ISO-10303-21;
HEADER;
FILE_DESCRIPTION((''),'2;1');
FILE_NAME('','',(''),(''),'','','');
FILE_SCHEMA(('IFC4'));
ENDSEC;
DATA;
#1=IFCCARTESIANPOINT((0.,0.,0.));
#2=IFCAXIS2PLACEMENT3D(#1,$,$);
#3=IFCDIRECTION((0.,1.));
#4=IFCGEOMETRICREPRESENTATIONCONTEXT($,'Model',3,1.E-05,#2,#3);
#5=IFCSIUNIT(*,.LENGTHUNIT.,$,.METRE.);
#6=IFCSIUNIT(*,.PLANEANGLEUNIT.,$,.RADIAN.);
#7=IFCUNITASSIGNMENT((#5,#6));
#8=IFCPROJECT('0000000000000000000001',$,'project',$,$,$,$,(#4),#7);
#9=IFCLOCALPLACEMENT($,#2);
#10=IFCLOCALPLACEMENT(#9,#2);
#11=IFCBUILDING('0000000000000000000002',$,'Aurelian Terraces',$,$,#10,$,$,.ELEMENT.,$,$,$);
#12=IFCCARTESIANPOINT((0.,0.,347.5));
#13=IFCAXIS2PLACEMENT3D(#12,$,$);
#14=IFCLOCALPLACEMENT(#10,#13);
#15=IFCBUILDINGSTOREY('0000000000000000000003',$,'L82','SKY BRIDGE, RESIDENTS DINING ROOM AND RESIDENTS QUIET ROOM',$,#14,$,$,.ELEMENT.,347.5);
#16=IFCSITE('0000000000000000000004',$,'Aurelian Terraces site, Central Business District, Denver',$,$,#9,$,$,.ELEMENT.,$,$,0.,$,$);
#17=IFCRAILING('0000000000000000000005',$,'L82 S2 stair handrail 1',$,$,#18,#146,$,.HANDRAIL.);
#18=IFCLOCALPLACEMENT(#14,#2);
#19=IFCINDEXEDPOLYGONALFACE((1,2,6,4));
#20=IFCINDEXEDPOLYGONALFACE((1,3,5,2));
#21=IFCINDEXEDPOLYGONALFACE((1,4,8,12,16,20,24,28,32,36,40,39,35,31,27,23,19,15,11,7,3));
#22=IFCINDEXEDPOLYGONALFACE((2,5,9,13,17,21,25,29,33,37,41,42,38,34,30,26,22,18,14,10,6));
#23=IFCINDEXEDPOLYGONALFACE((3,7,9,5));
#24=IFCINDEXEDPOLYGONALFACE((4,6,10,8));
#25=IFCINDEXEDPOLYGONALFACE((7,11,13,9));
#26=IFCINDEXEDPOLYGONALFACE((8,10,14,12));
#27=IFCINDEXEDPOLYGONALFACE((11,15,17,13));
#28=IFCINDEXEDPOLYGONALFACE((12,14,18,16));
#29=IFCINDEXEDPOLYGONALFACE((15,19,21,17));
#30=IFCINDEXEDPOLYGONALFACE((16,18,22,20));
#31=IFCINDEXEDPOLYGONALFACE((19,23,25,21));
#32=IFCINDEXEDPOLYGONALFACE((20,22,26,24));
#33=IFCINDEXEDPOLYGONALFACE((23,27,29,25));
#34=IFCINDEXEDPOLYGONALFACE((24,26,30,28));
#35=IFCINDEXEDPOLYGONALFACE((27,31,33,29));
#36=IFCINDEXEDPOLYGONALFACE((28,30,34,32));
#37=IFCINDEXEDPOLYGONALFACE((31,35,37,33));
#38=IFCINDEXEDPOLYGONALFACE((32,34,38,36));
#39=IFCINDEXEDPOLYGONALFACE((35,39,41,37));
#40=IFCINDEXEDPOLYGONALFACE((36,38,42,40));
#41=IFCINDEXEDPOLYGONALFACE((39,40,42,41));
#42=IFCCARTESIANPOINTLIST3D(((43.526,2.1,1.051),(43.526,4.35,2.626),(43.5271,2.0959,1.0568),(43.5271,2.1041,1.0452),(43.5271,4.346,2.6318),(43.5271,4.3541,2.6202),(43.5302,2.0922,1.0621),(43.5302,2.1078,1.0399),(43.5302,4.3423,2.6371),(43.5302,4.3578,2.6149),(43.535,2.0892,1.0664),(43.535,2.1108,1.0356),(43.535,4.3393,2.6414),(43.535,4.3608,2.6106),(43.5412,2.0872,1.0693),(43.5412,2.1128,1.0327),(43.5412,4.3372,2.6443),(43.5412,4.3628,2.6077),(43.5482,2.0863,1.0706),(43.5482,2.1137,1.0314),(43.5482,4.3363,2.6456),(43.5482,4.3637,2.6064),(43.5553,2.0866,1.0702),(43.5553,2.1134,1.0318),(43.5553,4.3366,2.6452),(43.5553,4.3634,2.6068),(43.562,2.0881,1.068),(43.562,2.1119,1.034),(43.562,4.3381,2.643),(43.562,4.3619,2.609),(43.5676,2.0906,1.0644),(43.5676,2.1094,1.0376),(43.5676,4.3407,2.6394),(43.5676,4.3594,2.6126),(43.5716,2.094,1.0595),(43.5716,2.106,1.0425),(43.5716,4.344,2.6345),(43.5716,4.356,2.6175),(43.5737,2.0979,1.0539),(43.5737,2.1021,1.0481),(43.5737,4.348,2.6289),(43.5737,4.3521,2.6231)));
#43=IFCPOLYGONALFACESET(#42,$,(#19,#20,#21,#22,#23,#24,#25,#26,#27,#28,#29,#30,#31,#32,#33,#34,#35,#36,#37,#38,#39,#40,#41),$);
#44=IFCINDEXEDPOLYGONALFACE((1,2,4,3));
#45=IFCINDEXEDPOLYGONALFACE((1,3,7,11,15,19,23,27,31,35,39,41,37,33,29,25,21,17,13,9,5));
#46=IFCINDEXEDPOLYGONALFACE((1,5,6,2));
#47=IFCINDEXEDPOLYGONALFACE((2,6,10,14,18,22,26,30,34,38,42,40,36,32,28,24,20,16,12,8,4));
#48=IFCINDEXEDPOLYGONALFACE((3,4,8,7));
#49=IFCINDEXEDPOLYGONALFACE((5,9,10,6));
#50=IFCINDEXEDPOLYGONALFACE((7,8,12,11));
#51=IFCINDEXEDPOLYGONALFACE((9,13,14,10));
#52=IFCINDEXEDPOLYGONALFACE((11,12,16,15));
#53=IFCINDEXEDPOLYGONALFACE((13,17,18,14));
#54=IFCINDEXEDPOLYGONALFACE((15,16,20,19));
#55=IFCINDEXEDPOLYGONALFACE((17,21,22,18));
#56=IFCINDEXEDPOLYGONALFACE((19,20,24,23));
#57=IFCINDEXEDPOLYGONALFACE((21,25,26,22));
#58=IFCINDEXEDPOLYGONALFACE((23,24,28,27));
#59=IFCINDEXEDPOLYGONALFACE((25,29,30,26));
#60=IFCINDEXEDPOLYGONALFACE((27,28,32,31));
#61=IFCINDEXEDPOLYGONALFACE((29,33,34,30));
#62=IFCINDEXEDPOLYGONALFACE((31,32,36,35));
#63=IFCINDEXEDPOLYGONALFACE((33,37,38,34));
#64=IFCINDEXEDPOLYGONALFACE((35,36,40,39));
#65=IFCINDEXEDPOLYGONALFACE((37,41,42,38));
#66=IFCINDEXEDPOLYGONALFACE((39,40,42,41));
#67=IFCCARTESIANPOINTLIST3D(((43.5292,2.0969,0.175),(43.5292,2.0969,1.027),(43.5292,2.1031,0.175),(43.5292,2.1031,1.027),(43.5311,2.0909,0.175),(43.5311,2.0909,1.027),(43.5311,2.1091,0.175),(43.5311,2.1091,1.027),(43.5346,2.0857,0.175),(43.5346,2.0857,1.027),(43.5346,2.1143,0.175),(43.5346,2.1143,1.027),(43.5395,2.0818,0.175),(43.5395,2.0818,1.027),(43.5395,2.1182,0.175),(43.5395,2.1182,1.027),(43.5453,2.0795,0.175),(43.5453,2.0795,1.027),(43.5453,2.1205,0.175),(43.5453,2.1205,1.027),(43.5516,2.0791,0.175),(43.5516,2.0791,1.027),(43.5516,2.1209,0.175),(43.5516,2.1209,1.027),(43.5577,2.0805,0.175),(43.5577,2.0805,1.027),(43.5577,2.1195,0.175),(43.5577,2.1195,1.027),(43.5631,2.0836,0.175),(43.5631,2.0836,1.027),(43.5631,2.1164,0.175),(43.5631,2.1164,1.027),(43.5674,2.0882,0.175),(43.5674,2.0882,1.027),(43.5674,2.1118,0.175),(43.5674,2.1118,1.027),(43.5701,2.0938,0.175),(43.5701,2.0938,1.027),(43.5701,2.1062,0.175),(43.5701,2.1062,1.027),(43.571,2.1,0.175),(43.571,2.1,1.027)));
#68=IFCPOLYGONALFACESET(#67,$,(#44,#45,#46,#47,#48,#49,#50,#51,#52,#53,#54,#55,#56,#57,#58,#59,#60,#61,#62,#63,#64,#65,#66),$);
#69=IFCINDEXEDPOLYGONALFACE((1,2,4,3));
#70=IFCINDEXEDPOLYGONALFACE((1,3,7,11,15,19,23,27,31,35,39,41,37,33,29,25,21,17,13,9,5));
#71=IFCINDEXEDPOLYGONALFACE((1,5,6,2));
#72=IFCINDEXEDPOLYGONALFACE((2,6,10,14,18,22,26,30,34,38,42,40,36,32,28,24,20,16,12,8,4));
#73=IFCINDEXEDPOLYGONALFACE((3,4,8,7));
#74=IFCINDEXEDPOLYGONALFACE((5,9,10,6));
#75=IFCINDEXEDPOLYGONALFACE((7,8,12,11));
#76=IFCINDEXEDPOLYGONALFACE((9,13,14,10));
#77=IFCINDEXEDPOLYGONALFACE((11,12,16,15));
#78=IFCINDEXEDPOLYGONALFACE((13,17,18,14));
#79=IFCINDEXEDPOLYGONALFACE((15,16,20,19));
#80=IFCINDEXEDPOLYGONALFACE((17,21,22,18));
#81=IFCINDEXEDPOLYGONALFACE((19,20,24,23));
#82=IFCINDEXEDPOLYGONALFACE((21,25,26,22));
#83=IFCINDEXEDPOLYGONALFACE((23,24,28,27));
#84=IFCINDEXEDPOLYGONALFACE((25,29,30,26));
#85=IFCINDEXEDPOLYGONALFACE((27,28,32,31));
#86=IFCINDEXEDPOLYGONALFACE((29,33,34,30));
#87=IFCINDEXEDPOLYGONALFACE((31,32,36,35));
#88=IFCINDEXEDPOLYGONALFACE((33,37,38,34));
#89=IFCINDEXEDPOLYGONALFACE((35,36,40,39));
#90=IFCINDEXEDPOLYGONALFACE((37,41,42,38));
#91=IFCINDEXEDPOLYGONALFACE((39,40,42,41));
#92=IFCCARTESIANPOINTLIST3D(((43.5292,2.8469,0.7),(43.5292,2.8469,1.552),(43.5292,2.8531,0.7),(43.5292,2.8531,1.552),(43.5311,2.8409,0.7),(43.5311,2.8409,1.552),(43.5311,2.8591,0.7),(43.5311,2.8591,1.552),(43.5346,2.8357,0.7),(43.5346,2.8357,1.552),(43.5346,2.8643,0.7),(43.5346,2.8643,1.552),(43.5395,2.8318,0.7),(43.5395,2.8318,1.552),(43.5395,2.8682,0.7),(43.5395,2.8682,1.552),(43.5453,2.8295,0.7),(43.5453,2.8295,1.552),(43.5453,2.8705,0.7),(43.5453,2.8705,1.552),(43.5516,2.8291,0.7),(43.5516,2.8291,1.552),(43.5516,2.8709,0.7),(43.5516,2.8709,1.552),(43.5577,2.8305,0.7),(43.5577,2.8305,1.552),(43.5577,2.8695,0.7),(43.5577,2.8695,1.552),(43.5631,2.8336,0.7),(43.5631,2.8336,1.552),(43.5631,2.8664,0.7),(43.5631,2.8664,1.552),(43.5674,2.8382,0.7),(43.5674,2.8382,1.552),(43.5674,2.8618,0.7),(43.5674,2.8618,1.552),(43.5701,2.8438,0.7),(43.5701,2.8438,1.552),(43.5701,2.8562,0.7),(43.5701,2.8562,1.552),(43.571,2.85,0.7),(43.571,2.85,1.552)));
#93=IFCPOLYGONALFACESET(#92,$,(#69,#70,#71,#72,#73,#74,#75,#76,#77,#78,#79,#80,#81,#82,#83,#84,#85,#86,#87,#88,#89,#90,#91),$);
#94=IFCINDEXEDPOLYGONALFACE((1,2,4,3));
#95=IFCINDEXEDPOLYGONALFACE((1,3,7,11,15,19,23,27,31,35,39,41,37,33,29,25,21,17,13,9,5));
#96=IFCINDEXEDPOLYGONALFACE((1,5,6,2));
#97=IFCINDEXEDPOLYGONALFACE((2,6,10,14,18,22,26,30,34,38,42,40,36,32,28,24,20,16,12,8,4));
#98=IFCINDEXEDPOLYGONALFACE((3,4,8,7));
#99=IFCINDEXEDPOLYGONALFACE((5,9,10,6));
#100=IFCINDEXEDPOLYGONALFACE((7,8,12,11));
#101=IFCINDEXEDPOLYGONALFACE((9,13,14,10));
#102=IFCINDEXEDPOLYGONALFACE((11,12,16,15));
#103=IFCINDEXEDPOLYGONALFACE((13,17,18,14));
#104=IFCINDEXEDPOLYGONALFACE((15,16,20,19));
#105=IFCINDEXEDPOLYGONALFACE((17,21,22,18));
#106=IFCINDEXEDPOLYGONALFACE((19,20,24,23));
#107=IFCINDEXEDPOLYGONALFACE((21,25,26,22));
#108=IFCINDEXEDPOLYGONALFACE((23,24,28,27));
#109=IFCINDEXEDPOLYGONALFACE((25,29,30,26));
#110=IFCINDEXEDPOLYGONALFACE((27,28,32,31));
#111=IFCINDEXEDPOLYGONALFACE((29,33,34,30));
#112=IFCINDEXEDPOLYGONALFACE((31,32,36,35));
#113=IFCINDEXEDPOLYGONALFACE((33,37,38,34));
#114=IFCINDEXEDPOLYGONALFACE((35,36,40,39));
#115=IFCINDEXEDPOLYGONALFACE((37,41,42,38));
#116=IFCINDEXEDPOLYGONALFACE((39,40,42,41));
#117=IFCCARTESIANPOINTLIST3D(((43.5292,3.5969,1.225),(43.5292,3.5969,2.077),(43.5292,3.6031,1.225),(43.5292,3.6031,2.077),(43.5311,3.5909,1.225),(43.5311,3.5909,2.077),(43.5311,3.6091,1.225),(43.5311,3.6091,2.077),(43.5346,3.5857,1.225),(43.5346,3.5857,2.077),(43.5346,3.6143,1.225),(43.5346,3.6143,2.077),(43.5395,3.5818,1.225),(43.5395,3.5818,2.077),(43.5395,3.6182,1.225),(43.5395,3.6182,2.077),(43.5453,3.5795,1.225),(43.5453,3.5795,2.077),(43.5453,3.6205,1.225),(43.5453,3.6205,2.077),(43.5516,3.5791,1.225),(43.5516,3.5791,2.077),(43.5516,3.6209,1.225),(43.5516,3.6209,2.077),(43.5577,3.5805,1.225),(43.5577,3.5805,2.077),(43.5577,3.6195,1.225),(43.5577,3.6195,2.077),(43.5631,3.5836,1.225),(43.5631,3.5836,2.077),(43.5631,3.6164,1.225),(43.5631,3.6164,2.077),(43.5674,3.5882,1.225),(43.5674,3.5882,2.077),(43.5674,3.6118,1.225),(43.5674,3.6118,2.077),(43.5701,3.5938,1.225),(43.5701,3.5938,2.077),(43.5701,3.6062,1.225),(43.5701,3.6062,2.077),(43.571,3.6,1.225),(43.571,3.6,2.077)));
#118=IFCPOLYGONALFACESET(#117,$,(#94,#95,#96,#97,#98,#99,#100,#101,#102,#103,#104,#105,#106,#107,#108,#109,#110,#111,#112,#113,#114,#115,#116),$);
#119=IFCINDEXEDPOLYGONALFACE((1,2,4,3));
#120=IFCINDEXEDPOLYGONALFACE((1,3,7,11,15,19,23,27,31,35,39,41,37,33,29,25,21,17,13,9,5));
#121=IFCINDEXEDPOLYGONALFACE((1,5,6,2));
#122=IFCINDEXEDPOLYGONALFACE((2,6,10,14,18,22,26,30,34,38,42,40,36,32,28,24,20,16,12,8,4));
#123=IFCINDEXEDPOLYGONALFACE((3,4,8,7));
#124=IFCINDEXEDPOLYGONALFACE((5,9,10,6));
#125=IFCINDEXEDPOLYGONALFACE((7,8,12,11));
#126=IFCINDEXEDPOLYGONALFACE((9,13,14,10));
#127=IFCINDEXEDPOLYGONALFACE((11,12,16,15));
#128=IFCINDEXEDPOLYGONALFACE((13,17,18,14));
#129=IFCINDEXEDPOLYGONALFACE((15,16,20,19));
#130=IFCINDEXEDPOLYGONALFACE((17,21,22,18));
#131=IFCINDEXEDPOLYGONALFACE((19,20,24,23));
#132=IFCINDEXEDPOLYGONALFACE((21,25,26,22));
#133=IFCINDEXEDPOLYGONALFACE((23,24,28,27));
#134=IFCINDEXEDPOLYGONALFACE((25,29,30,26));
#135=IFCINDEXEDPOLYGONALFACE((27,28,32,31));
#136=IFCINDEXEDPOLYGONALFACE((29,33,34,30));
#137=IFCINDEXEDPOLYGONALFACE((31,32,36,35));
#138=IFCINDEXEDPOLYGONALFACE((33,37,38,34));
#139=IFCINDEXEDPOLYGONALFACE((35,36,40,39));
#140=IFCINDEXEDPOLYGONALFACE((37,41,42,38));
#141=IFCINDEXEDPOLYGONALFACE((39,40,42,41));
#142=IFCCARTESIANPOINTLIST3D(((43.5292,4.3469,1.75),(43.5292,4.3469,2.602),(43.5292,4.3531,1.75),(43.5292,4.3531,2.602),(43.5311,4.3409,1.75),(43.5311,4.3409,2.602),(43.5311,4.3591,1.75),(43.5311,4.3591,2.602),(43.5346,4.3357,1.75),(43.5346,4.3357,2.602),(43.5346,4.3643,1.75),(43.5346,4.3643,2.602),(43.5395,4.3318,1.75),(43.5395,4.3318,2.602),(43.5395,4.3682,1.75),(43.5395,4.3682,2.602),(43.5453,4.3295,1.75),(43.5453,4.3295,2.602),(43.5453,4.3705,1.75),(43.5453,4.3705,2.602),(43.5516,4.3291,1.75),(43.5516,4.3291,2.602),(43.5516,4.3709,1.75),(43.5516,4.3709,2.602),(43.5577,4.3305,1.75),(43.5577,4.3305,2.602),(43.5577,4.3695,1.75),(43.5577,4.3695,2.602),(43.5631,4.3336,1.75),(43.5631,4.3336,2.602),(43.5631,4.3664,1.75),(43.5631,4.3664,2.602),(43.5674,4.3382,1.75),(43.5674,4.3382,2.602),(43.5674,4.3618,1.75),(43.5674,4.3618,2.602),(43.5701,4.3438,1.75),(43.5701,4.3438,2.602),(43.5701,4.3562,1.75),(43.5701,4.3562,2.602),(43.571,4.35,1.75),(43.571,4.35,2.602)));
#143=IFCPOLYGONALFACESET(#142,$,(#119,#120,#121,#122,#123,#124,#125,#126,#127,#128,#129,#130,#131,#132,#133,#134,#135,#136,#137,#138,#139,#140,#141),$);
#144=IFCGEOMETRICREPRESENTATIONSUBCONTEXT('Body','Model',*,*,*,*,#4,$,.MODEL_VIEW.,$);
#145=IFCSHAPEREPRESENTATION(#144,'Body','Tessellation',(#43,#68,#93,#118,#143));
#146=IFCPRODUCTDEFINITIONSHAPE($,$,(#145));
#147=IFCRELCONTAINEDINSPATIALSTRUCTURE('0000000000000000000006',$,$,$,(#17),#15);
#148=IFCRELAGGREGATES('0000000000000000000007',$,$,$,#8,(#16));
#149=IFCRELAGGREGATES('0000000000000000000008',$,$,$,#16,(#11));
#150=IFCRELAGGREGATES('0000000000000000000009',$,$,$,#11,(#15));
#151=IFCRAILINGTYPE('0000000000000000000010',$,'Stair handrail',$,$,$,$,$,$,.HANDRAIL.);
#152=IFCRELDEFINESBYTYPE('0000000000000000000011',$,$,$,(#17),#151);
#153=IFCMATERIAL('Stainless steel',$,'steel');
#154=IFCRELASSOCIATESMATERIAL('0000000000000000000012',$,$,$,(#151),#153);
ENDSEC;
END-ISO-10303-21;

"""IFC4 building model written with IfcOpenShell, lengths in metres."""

from ifc_helpers import new_model, si_unit, direction, frame, origin, origin_2d, place, context, subcontext, project, spatial, circle, extrude, source, transform, mapped, material, type_object, element, save


model = new_model("IFC4")

# Units and contexts
model_context = context("Model", 3, precision=1e-05, world=origin(), true_north=direction((0.0, 1.0)))
body_context = subcontext(model_context, "Body", "Model", "MODEL_VIEW")
ifc_project = project(units=[si_unit("LENGTHUNIT", "METRE"), si_unit("PLANEANGLEUNIT", "RADIAN")], contexts=[model_context])

# Site, building, storey
site_placement = place(None, origin())
site = spatial("IfcSite", under=ifc_project, at=site_placement, Name="Aurelian Terraces site, Central Business District, Denver", CompositionType="ELEMENT", RefElevation=0.0)
building_placement = place(site_placement, origin())
building = spatial("IfcBuilding", under=site, at=building_placement, Name="Aurelian Terraces", CompositionType="ELEMENT")
storey_placement = place(building_placement, frame((0.0, 0.0, 347.5)))
storey = spatial("IfcBuildingStorey", under=building, at=storey_placement, Name="L82", Description="SKY BRIDGE, RESIDENTS DINING ROOM AND RESIDENTS QUIET ROOM", CompositionType="ELEMENT", Elevation=347.5)

# Railing
ifc_material_1 = material(Name="Stainless steel", Category="steel")
railing_type_1 = type_object("IfcRailingType", Name="Stair handrail", PredefinedType="HANDRAIL", material=ifc_material_1)
shared_shape_1 = source(origin(), body_context, "Body", "SweptSolid", [
    extrude(circle(Radius=0.024, at=origin_2d()), frame((0.0, 0.0, 0.876), z_axis=(0.0, 0.819232, 0.573462), x_axis=(-1.0, 0.0, 0.0)), (0.0, 0.0, 1.0), 2.7465),
    extrude(circle(Radius=0.021, at=origin_2d()), origin(), (0.0, 0.0, 1.0), 0.852),
    extrude(circle(Radius=0.021, at=origin_2d()), frame((0.0, 0.75, 0.525)), (0.0, 0.0, 1.0), 0.852),
    extrude(circle(Radius=0.021, at=origin_2d()), frame((0.0, 1.5, 1.05)), (0.0, 0.0, 1.0), 0.852),
    extrude(circle(Radius=0.021, at=origin_2d()), frame((0.0, 2.25, 1.575)), (0.0, 0.0, 1.0), 0.852),
])
railing_1_placement = place(storey_placement, frame((43.55, 2.1, 0.175)))
element("IfcRailing", 1, at=railing_1_placement, inside=storey, type_object=railing_type_1, Name="L82 S2 stair handrail 1", PredefinedType="HANDRAIL", context=body_context, shape_type="MappedRepresentation", body=[
    mapped(shared_shape_1, transform((0.0, 0.0, 0.0), scale=1.0)),
])

save(model, "model.ifc")
